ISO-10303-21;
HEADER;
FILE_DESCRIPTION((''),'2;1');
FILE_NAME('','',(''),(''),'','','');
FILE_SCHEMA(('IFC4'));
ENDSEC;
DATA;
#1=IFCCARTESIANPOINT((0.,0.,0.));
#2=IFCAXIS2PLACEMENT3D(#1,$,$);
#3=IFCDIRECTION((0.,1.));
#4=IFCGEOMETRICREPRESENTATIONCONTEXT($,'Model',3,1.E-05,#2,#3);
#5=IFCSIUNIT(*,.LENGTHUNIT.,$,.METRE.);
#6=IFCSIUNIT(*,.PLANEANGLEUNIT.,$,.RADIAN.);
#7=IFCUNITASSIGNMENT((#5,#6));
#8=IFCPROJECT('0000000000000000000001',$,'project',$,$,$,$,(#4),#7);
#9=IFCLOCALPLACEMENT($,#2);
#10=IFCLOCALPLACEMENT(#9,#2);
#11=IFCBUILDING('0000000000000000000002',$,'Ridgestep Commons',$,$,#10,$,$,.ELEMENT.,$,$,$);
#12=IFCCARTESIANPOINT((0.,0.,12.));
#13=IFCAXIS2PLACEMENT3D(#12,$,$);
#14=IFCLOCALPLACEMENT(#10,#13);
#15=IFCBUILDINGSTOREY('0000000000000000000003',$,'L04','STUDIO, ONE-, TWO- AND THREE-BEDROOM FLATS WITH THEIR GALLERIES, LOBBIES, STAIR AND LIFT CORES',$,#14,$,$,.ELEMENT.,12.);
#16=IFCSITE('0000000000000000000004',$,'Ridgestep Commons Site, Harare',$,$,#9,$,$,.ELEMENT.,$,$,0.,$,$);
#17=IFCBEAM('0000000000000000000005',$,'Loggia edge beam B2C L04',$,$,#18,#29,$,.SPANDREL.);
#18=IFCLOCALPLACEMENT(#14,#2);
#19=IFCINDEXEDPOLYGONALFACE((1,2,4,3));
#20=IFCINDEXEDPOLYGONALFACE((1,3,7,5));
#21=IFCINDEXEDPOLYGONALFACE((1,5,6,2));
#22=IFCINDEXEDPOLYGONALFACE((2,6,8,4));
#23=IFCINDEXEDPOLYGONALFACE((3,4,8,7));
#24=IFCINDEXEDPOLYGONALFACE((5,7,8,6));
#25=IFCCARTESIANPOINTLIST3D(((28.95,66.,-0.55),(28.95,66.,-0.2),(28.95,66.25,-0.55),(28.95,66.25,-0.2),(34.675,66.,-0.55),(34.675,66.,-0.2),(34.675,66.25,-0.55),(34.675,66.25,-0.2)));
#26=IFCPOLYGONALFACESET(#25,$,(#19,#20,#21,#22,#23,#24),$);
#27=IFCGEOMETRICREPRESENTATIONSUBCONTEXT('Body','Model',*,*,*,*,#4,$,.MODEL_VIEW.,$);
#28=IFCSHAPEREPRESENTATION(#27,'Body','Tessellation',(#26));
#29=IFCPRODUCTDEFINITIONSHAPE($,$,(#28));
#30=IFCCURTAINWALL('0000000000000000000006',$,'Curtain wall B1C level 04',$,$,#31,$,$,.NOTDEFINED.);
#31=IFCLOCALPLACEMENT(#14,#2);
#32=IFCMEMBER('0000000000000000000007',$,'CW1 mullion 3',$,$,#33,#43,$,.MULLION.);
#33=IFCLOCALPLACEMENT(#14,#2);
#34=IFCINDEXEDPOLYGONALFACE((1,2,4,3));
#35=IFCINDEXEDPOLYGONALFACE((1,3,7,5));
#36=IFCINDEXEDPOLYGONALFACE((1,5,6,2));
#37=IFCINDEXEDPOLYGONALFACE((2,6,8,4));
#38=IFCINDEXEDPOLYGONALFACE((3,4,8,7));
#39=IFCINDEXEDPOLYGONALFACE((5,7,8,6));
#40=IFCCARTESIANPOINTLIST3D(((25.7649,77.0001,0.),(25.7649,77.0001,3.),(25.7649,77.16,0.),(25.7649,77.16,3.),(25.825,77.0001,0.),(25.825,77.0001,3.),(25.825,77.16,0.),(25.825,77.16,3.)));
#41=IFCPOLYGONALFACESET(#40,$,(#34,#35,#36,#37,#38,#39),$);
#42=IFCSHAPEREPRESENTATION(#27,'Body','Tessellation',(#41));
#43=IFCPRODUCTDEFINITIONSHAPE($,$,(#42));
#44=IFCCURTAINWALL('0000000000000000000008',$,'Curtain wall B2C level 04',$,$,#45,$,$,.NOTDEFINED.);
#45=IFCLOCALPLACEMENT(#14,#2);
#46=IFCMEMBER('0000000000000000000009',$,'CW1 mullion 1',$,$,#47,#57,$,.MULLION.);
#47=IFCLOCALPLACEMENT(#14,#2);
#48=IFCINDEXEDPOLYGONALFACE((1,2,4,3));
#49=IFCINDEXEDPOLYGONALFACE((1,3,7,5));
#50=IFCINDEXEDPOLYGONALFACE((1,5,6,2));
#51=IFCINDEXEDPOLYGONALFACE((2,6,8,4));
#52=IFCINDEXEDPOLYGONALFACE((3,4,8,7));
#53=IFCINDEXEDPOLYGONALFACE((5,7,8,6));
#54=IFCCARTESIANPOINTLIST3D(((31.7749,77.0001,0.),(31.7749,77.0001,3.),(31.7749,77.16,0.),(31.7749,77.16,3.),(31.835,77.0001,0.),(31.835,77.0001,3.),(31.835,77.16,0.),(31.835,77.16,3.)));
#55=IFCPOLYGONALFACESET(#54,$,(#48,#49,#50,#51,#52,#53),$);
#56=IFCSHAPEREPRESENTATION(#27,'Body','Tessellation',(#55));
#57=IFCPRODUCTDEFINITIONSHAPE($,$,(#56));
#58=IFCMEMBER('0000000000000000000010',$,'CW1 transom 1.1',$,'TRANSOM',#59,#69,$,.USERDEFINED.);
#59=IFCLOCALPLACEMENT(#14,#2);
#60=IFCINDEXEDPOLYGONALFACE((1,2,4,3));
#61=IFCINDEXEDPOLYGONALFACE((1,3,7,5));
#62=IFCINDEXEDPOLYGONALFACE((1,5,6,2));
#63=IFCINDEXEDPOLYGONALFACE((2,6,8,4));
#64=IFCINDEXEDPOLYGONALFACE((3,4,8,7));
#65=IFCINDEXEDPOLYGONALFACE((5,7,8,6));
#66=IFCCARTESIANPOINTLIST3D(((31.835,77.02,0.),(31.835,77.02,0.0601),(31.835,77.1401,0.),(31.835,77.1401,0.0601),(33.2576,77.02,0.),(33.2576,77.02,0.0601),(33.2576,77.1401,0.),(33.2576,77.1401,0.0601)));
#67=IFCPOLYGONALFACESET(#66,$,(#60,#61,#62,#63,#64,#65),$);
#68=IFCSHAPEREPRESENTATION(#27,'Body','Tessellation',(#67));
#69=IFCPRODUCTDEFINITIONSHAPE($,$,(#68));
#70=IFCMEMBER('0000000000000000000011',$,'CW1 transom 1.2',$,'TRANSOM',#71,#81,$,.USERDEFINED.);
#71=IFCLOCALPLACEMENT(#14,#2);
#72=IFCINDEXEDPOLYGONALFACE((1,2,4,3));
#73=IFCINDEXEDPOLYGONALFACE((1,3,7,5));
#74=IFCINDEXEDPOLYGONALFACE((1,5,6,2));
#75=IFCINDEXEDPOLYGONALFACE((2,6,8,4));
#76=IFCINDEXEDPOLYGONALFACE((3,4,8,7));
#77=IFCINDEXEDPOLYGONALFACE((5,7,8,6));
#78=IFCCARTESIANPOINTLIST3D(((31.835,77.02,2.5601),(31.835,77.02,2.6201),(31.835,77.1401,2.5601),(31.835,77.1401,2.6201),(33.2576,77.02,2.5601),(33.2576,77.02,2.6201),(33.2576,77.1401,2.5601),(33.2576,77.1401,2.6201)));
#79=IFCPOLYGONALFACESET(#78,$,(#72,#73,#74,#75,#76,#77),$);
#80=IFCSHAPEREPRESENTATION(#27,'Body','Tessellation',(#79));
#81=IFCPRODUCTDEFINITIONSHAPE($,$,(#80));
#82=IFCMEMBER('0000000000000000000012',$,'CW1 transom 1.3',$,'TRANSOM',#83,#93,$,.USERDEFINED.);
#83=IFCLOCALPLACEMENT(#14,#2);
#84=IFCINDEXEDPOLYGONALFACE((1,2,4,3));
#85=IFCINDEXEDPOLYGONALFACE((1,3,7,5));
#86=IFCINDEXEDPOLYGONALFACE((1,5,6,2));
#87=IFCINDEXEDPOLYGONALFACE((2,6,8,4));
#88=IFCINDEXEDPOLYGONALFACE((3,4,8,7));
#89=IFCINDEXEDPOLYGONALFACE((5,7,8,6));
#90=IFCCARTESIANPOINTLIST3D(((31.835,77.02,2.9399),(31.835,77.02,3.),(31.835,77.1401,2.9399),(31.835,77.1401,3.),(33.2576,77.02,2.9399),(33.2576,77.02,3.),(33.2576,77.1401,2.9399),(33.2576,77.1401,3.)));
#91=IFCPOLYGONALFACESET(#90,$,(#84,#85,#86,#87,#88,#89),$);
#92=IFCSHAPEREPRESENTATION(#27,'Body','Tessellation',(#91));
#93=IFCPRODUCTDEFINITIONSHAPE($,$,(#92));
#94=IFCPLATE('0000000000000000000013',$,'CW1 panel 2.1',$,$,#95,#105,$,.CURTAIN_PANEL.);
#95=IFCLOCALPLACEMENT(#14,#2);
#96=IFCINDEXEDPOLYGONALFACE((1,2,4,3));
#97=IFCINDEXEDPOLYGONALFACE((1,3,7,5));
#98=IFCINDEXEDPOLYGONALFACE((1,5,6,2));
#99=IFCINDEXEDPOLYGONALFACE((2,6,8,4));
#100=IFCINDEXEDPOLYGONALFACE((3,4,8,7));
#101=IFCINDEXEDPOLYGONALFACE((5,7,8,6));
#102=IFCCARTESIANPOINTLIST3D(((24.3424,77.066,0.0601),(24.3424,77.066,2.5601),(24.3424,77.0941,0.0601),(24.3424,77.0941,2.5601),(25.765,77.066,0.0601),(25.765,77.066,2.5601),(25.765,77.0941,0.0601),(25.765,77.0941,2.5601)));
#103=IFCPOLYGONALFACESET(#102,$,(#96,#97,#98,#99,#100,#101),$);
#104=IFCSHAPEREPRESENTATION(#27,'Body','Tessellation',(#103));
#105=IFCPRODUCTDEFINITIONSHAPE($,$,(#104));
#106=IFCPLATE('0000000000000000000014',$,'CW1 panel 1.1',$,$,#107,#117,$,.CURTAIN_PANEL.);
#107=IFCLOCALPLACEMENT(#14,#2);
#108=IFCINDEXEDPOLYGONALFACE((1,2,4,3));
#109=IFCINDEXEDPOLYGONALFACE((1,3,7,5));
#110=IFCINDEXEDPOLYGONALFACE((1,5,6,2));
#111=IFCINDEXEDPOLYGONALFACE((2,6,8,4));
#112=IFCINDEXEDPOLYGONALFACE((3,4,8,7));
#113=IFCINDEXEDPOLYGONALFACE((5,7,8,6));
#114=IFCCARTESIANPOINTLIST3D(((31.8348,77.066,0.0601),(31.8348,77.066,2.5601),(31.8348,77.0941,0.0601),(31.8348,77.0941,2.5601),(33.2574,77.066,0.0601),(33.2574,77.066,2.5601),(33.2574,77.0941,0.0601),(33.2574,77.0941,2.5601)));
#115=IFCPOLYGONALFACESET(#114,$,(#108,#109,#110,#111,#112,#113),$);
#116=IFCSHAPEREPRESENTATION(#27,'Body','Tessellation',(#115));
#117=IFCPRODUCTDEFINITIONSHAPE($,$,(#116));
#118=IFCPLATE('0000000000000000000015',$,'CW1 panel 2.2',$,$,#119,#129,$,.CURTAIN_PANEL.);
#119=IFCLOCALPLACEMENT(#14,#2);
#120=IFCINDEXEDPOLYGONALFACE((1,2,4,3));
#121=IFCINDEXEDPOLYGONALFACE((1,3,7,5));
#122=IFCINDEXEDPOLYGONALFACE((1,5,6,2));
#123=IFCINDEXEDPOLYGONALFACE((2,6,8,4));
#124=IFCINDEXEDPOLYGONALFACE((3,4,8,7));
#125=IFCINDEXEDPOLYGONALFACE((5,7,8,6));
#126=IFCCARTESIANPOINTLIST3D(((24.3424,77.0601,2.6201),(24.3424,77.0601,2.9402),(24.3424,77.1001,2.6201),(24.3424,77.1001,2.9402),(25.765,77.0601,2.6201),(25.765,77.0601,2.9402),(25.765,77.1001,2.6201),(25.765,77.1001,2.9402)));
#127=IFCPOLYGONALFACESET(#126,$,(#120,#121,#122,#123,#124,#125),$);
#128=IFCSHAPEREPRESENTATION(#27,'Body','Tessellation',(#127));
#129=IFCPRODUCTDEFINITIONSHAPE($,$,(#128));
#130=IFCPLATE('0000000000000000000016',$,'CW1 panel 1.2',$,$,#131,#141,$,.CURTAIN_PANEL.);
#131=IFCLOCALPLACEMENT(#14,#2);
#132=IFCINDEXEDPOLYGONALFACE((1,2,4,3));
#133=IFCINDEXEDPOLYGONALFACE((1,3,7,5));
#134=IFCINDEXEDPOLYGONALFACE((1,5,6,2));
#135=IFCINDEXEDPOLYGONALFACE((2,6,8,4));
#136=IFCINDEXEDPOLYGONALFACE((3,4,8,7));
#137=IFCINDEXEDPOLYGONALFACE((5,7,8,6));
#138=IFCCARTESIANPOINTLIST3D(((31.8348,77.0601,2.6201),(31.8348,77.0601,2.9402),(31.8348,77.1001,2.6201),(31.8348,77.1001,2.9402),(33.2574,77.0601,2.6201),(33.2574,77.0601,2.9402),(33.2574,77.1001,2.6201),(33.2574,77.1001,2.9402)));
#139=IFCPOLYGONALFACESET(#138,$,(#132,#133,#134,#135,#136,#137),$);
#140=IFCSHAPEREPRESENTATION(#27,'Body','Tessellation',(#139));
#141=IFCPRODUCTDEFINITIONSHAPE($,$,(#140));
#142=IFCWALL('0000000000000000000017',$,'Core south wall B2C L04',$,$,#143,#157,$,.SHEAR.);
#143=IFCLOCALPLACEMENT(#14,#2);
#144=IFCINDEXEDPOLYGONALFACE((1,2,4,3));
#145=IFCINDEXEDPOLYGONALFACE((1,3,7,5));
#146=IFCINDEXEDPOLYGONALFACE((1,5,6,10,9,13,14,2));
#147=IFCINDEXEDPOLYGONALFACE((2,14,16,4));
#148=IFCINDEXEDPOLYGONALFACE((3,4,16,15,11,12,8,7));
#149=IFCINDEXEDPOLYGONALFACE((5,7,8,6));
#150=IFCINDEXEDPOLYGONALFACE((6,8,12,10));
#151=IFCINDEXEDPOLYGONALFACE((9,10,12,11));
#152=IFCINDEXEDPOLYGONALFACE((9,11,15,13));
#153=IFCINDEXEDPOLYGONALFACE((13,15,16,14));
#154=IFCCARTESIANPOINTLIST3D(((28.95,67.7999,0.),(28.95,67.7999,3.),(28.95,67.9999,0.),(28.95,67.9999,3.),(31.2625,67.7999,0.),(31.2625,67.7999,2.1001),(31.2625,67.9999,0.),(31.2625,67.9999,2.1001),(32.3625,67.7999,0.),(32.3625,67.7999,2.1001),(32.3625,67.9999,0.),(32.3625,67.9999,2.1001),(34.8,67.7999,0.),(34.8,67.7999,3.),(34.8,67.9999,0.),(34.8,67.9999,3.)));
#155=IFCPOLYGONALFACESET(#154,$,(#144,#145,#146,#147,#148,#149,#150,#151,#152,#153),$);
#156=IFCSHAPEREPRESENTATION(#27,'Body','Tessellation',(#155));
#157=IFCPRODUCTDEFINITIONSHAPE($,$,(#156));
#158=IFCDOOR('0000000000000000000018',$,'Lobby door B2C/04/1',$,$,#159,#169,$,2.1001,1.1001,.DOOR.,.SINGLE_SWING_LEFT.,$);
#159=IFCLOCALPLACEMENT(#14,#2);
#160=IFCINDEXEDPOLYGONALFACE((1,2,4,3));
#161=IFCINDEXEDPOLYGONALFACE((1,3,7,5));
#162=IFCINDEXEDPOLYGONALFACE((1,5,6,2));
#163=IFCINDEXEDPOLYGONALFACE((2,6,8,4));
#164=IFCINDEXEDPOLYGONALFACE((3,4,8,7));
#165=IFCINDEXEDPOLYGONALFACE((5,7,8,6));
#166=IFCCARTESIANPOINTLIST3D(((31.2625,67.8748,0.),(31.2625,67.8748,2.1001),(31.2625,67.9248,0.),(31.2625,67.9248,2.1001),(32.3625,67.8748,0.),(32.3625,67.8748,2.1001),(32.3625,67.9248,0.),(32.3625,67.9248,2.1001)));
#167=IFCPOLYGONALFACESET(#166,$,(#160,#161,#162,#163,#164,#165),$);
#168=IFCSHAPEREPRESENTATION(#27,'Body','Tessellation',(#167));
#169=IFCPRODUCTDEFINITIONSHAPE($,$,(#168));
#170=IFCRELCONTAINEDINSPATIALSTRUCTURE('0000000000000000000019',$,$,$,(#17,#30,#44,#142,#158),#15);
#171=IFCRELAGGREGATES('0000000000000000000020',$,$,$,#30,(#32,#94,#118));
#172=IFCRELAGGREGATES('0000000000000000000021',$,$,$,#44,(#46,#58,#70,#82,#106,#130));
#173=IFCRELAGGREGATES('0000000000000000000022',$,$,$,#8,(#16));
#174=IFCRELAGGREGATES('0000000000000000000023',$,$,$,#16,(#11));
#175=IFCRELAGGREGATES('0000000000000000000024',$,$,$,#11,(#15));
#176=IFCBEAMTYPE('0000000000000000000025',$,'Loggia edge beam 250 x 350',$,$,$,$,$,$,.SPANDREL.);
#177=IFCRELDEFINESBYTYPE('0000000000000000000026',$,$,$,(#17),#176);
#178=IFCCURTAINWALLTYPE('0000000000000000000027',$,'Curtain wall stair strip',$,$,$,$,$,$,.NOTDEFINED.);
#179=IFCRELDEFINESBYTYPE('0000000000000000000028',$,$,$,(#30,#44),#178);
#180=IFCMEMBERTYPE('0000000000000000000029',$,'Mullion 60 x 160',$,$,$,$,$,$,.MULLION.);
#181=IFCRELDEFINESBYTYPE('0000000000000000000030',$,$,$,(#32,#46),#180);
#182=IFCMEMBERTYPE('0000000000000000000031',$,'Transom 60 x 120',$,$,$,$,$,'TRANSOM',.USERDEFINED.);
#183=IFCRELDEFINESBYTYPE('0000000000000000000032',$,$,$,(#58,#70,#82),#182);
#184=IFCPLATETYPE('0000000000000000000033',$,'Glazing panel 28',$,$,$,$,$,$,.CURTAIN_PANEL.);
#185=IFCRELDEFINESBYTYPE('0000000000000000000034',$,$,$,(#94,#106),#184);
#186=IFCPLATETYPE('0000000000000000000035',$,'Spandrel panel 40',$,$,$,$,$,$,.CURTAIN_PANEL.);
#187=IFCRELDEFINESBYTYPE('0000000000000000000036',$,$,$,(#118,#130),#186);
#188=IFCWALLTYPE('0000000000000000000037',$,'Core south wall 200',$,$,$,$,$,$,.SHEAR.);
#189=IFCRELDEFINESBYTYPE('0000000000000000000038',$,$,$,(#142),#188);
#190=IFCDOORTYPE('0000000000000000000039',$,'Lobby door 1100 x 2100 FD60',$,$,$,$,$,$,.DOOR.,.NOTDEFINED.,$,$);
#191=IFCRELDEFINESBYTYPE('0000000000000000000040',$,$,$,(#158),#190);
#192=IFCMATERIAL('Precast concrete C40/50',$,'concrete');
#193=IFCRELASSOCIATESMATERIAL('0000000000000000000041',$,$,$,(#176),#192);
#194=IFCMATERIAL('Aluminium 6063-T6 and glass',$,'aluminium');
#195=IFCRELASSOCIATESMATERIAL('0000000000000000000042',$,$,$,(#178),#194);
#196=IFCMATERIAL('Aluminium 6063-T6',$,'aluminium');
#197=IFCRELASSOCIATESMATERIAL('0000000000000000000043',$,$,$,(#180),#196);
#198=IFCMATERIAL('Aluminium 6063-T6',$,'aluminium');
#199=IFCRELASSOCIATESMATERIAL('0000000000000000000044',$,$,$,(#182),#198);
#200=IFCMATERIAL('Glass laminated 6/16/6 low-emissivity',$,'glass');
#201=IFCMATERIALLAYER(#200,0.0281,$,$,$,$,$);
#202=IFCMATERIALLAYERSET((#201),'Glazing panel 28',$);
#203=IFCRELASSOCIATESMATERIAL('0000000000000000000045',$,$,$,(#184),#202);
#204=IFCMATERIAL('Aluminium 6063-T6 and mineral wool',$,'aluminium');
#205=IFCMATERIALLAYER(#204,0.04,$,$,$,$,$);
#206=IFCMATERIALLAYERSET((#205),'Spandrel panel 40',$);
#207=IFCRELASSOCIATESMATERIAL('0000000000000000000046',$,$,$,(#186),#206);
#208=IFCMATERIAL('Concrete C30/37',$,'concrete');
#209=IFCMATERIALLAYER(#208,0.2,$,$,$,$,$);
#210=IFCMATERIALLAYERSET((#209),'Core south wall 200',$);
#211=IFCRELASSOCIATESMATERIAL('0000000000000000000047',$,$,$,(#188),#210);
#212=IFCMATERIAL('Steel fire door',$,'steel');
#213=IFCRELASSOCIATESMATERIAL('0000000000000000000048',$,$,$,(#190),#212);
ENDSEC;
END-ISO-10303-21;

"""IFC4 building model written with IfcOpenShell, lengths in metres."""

from ifc_helpers import new_model, si_unit, direction, frame, frame_2d, origin, origin_2d, place, context, subcontext, project, spatial, rectangle, extrude, material, layer, layer_set, material_profile, profile_set, type_object, element, fill, aggregate, save


model = new_model("IFC4")

# Units and contexts
model_context = context("Model", 3, precision=1e-05, world=origin(), true_north=direction((0.0, 1.0)))
body_context = subcontext(model_context, "Body", "Model", "MODEL_VIEW")
ifc_project = project(units=[si_unit("LENGTHUNIT", "METRE"), si_unit("PLANEANGLEUNIT", "RADIAN")], contexts=[model_context])

# Site, building, storey
site_placement = place(None, origin())
site = spatial("IfcSite", under=ifc_project, at=site_placement, Name="Ridgestep Commons Site, Harare", CompositionType="ELEMENT", RefElevation=0.0)
building_placement = place(site_placement, origin())
building = spatial("IfcBuilding", under=site, at=building_placement, Name="Ridgestep Commons", CompositionType="ELEMENT")
storey_placement = place(building_placement, frame((0.0, 0.0, 12.0)))
storey = spatial("IfcBuildingStorey", under=building, at=storey_placement, Name="L04", Description="STUDIO, ONE-, TWO- AND THREE-BEDROOM FLATS WITH THEIR GALLERIES, LOBBIES, STAIR AND LIFT CORES", CompositionType="ELEMENT", Elevation=12.0)

# Beam
ifc_material_1 = material(Name="Precast concrete C40/50", Category="concrete")
ifc_material_profile_1 = material_profile(ifc_material_1, rectangle(XDim=0.25, YDim=0.3501, at=origin_2d()), Name="PC 250x350")
ifc_profile_set_1 = profile_set([ifc_material_profile_1], Name="Precast concrete C40/50")
beam_type = type_object("IfcBeamType", Name="Loggia edge beam 250 x 350", PredefinedType="SPANDREL", material=ifc_profile_set_1)
beam_placement = place(storey_placement, frame((28.95, 66.125, -0.375), z_axis=(1.0, 0.0, 0.0), x_axis=(0.0, 1.0, 0.0)))
element("IfcBeam", 1, at=beam_placement, inside=storey, type_object=beam_type, Name="Loggia edge beam B2C L04", PredefinedType="SPANDREL", context=body_context, shape_type="SweptSolid", body=[
    extrude(rectangle(XDim=0.25, YDim=0.3501, at=origin_2d()), origin(), (0.0, 0.0, 1.0), 5.7251),
])

# Curtain wall, member
ifc_material_2 = material(Name="Aluminium 6063-T6 and glass", Category="aluminium")
curtain_wall_type = type_object("IfcCurtainWallType", Name="Curtain wall stair strip", PredefinedType="NOTDEFINED", material=ifc_material_2)
curtain_wall_1_placement = place(storey_placement, origin())
curtain_wall_1 = element("IfcCurtainWall", 2, at=curtain_wall_1_placement, inside=storey, type_object=curtain_wall_type, Name="Curtain wall B1C level 04", PredefinedType="NOTDEFINED")
ifc_material_3 = material(Name="Aluminium 6063-T6", Category="aluminium")
ifc_material_profile_2 = material_profile(ifc_material_3, rectangle(XDim=0.1599, YDim=0.0601, at=origin_2d()), Name="Mullion 60 x 160")
ifc_profile_set_2 = profile_set([ifc_material_profile_2], Name="Aluminium 6063-T6")
member_type_1 = type_object("IfcMemberType", Name="Mullion 60 x 160", PredefinedType="MULLION", material=ifc_profile_set_2)
member_1_placement = place(storey_placement, frame((25.7949, 77.0801, 0.0), z_axis=(0.0, 0.0, 1.0), x_axis=(0.0, 1.0, 0.0)))
member_1 = element("IfcMember", 3, at=member_1_placement, type_object=member_type_1, Name="CW1 mullion 3", PredefinedType="MULLION", context=body_context, shape_type="SweptSolid", body=[
    extrude(rectangle(XDim=0.1599, YDim=0.0601, at=origin_2d()), origin(), (0.0, 0.0, 1.0), 3.0),
])

# Curtain wall, members
curtain_wall_2_placement = place(storey_placement, origin())
curtain_wall_2 = element("IfcCurtainWall", 4, at=curtain_wall_2_placement, inside=storey, type_object=curtain_wall_type, Name="Curtain wall B2C level 04", PredefinedType="NOTDEFINED")
member_2_placement = place(storey_placement, frame((31.8049, 77.0801, 0.0), z_axis=(0.0, 0.0, 1.0), x_axis=(0.0, 1.0, 0.0)))
member_2 = element("IfcMember", 5, at=member_2_placement, type_object=member_type_1, Name="CW1 mullion 1", PredefinedType="MULLION", context=body_context, shape_type="SweptSolid", body=[
    extrude(rectangle(XDim=0.1599, YDim=0.0601, at=origin_2d()), origin(), (0.0, 0.0, 1.0), 3.0),
])
ifc_material_4 = material(Name="Aluminium 6063-T6", Category="aluminium")
ifc_material_profile_3 = material_profile(ifc_material_4, rectangle(XDim=0.1201, YDim=0.0601, at=origin_2d()), Name="Transom 60 x 120")
ifc_profile_set_3 = profile_set([ifc_material_profile_3], Name="Aluminium 6063-T6")
member_type_2 = type_object("IfcMemberType", Name="Transom 60 x 120", ElementType="TRANSOM", PredefinedType="USERDEFINED", material=ifc_profile_set_3)
member_3_placement = place(storey_placement, frame((31.835, 77.0801, 0.03), z_axis=(1.0, 0.0, 0.0), x_axis=(0.0, 1.0, 0.0)))
member_3 = element("IfcMember", 6, at=member_3_placement, type_object=member_type_2, Name="CW1 transom 1.1", ObjectType="TRANSOM", PredefinedType="USERDEFINED", context=body_context, shape_type="SweptSolid", body=[
    extrude(rectangle(XDim=0.1201, YDim=0.0601, at=origin_2d()), origin(), (0.0, 0.0, 1.0), 1.4226),
])
member_4_placement = place(storey_placement, frame((31.835, 77.0801, 2.5901), z_axis=(1.0, 0.0, 0.0), x_axis=(0.0, 1.0, 0.0)))
member_4 = element("IfcMember", 7, at=member_4_placement, type_object=member_type_2, Name="CW1 transom 1.2", ObjectType="TRANSOM", PredefinedType="USERDEFINED", context=body_context, shape_type="SweptSolid", body=[
    extrude(rectangle(XDim=0.1201, YDim=0.0601, at=origin_2d()), origin(), (0.0, 0.0, 1.0), 1.4226),
])
member_5_placement = place(storey_placement, frame((31.835, 77.0801, 2.97), z_axis=(1.0, 0.0, 0.0), x_axis=(0.0, 1.0, 0.0)))
member_5 = element("IfcMember", 8, at=member_5_placement, type_object=member_type_2, Name="CW1 transom 1.3", ObjectType="TRANSOM", PredefinedType="USERDEFINED", context=body_context, shape_type="SweptSolid", body=[
    extrude(rectangle(XDim=0.1201, YDim=0.0601, at=origin_2d()), origin(), (0.0, 0.0, 1.0), 1.4226),
])

# Plates
ifc_material_5 = material(Name="Glass laminated 6/16/6 low-emissivity", Category="glass")
ifc_layer_1 = layer(ifc_material_5, 0.0281)
ifc_layer_set_1 = layer_set([ifc_layer_1], Name="Glazing panel 28")
plate_type_1 = type_object("IfcPlateType", Name="Glazing panel 28", PredefinedType="CURTAIN_PANEL", material=ifc_layer_set_1)
plate_1_placement = place(storey_placement, frame((25.0537, 77.0801, 0.0601), z_axis=(0.0, 0.0, 1.0), x_axis=(1.0, 0.0, 0.0)))
plate_1 = element("IfcPlate", 9, at=plate_1_placement, type_object=plate_type_1, Name="CW1 panel 2.1", PredefinedType="CURTAIN_PANEL", context=body_context, shape_type="SweptSolid", body=[
    extrude(rectangle(XDim=1.4226, YDim=0.0281, at=origin_2d()), origin(), (0.0, 0.0, 1.0), 2.5),
])
plate_2_placement = place(storey_placement, frame((32.5461, 77.0801, 0.0601), z_axis=(0.0, 0.0, 1.0), x_axis=(1.0, 0.0, 0.0)))
plate_2 = element("IfcPlate", 10, at=plate_2_placement, type_object=plate_type_1, Name="CW1 panel 1.1", PredefinedType="CURTAIN_PANEL", context=body_context, shape_type="SweptSolid", body=[
    extrude(rectangle(XDim=1.4226, YDim=0.0281, at=origin_2d()), origin(), (0.0, 0.0, 1.0), 2.5),
])
ifc_material_6 = material(Name="Aluminium 6063-T6 and mineral wool", Category="aluminium")
ifc_layer_2 = layer(ifc_material_6, 0.04)
ifc_layer_set_2 = layer_set([ifc_layer_2], Name="Spandrel panel 40")
plate_type_2 = type_object("IfcPlateType", Name="Spandrel panel 40", PredefinedType="CURTAIN_PANEL", material=ifc_layer_set_2)
plate_3_placement = place(storey_placement, frame((25.0537, 77.0801, 2.6201), z_axis=(0.0, 0.0, 1.0), x_axis=(1.0, 0.0, 0.0)))
plate_3 = element("IfcPlate", 11, at=plate_3_placement, type_object=plate_type_2, Name="CW1 panel 2.2", PredefinedType="CURTAIN_PANEL", context=body_context, shape_type="SweptSolid", body=[
    extrude(rectangle(XDim=1.4226, YDim=0.04, at=origin_2d()), origin(), (0.0, 0.0, 1.0), 0.3201),
])
aggregate(curtain_wall_1, [member_1, plate_1, plate_3])
plate_4_placement = place(storey_placement, frame((32.5461, 77.0801, 2.6201), z_axis=(0.0, 0.0, 1.0), x_axis=(1.0, 0.0, 0.0)))
plate_4 = element("IfcPlate", 12, at=plate_4_placement, type_object=plate_type_2, Name="CW1 panel 1.2", PredefinedType="CURTAIN_PANEL", context=body_context, shape_type="SweptSolid", body=[
    extrude(rectangle(XDim=1.4226, YDim=0.04, at=origin_2d()), origin(), (0.0, 0.0, 1.0), 0.3201),
])
aggregate(curtain_wall_2, [member_2, member_3, member_4, member_5, plate_2, plate_4])

# Wall, opening, door
ifc_material_7 = material(Name="Concrete C30/37", Category="concrete")
ifc_layer_3 = layer(ifc_material_7, 0.2)
ifc_layer_set_3 = layer_set([ifc_layer_3], Name="Core south wall 200")
wall_type_1 = type_object("IfcWallType", Name="Core south wall 200", PredefinedType="SHEAR", material=ifc_layer_set_3)
wall_1_placement = place(storey_placement, frame((28.95, 67.8999, 0.0), z_axis=(0.0, 0.0, 1.0), x_axis=(1.0, 0.0, 0.0)))
wall_1 = element("IfcWall", 13, at=wall_1_placement, inside=storey, type_object=wall_type_1, Name="Core south wall B2C L04", PredefinedType="SHEAR", context=body_context, shape_type="SweptSolid", body=[
    extrude(rectangle(XDim=5.8501, YDim=0.2, at=frame_2d((2.925, 0.0))), origin(), (0.0, 0.0, 1.0), 3.0),
])
opening_1_placement = place(wall_1_placement, frame((2.3125, 0.0, 0.0)))
opening_1 = element("IfcOpeningElement", 14, at=opening_1_placement, cuts=wall_1, PredefinedType="OPENING", context=body_context, shape_type="SweptSolid", body=[
    extrude(rectangle(XDim=1.1001, YDim=2.1001, at=frame_2d((0.55, 1.05))), frame((0.0, 0.1099, 0.0), z_axis=(0.0, -1.0, 0.0), x_axis=(1.0, 0.0, 0.0)), (0.0, 0.0, 1.0), 0.22),
])
ifc_material_8 = material(Name="Steel fire door", Category="steel")
door_type_1 = type_object("IfcDoorType", Name="Lobby door 1100 x 2100 FD60", OperationType="NOTDEFINED", PredefinedType="DOOR", material=ifc_material_8)
door_1_placement = place(opening_1_placement, origin())
door_1 = element("IfcDoor", 15, at=door_1_placement, inside=storey, type_object=door_type_1, Name="Lobby door B2C/04/1", OperationType="SINGLE_SWING_LEFT", OverallHeight=2.1001, OverallWidth=1.1001, PredefinedType="DOOR", context=body_context, shape_type="SweptSolid", body=[
    extrude(rectangle(XDim=1.1001, YDim=2.1001, at=frame_2d((0.55, 1.05))), frame((0.0, 0.0249, 0.0), z_axis=(0.0, -1.0, 0.0), x_axis=(1.0, 0.0, 0.0)), (0.0, 0.0, 1.0), 0.05),
])
fill(opening_1, door_1)

save(model, "model.ifc")
